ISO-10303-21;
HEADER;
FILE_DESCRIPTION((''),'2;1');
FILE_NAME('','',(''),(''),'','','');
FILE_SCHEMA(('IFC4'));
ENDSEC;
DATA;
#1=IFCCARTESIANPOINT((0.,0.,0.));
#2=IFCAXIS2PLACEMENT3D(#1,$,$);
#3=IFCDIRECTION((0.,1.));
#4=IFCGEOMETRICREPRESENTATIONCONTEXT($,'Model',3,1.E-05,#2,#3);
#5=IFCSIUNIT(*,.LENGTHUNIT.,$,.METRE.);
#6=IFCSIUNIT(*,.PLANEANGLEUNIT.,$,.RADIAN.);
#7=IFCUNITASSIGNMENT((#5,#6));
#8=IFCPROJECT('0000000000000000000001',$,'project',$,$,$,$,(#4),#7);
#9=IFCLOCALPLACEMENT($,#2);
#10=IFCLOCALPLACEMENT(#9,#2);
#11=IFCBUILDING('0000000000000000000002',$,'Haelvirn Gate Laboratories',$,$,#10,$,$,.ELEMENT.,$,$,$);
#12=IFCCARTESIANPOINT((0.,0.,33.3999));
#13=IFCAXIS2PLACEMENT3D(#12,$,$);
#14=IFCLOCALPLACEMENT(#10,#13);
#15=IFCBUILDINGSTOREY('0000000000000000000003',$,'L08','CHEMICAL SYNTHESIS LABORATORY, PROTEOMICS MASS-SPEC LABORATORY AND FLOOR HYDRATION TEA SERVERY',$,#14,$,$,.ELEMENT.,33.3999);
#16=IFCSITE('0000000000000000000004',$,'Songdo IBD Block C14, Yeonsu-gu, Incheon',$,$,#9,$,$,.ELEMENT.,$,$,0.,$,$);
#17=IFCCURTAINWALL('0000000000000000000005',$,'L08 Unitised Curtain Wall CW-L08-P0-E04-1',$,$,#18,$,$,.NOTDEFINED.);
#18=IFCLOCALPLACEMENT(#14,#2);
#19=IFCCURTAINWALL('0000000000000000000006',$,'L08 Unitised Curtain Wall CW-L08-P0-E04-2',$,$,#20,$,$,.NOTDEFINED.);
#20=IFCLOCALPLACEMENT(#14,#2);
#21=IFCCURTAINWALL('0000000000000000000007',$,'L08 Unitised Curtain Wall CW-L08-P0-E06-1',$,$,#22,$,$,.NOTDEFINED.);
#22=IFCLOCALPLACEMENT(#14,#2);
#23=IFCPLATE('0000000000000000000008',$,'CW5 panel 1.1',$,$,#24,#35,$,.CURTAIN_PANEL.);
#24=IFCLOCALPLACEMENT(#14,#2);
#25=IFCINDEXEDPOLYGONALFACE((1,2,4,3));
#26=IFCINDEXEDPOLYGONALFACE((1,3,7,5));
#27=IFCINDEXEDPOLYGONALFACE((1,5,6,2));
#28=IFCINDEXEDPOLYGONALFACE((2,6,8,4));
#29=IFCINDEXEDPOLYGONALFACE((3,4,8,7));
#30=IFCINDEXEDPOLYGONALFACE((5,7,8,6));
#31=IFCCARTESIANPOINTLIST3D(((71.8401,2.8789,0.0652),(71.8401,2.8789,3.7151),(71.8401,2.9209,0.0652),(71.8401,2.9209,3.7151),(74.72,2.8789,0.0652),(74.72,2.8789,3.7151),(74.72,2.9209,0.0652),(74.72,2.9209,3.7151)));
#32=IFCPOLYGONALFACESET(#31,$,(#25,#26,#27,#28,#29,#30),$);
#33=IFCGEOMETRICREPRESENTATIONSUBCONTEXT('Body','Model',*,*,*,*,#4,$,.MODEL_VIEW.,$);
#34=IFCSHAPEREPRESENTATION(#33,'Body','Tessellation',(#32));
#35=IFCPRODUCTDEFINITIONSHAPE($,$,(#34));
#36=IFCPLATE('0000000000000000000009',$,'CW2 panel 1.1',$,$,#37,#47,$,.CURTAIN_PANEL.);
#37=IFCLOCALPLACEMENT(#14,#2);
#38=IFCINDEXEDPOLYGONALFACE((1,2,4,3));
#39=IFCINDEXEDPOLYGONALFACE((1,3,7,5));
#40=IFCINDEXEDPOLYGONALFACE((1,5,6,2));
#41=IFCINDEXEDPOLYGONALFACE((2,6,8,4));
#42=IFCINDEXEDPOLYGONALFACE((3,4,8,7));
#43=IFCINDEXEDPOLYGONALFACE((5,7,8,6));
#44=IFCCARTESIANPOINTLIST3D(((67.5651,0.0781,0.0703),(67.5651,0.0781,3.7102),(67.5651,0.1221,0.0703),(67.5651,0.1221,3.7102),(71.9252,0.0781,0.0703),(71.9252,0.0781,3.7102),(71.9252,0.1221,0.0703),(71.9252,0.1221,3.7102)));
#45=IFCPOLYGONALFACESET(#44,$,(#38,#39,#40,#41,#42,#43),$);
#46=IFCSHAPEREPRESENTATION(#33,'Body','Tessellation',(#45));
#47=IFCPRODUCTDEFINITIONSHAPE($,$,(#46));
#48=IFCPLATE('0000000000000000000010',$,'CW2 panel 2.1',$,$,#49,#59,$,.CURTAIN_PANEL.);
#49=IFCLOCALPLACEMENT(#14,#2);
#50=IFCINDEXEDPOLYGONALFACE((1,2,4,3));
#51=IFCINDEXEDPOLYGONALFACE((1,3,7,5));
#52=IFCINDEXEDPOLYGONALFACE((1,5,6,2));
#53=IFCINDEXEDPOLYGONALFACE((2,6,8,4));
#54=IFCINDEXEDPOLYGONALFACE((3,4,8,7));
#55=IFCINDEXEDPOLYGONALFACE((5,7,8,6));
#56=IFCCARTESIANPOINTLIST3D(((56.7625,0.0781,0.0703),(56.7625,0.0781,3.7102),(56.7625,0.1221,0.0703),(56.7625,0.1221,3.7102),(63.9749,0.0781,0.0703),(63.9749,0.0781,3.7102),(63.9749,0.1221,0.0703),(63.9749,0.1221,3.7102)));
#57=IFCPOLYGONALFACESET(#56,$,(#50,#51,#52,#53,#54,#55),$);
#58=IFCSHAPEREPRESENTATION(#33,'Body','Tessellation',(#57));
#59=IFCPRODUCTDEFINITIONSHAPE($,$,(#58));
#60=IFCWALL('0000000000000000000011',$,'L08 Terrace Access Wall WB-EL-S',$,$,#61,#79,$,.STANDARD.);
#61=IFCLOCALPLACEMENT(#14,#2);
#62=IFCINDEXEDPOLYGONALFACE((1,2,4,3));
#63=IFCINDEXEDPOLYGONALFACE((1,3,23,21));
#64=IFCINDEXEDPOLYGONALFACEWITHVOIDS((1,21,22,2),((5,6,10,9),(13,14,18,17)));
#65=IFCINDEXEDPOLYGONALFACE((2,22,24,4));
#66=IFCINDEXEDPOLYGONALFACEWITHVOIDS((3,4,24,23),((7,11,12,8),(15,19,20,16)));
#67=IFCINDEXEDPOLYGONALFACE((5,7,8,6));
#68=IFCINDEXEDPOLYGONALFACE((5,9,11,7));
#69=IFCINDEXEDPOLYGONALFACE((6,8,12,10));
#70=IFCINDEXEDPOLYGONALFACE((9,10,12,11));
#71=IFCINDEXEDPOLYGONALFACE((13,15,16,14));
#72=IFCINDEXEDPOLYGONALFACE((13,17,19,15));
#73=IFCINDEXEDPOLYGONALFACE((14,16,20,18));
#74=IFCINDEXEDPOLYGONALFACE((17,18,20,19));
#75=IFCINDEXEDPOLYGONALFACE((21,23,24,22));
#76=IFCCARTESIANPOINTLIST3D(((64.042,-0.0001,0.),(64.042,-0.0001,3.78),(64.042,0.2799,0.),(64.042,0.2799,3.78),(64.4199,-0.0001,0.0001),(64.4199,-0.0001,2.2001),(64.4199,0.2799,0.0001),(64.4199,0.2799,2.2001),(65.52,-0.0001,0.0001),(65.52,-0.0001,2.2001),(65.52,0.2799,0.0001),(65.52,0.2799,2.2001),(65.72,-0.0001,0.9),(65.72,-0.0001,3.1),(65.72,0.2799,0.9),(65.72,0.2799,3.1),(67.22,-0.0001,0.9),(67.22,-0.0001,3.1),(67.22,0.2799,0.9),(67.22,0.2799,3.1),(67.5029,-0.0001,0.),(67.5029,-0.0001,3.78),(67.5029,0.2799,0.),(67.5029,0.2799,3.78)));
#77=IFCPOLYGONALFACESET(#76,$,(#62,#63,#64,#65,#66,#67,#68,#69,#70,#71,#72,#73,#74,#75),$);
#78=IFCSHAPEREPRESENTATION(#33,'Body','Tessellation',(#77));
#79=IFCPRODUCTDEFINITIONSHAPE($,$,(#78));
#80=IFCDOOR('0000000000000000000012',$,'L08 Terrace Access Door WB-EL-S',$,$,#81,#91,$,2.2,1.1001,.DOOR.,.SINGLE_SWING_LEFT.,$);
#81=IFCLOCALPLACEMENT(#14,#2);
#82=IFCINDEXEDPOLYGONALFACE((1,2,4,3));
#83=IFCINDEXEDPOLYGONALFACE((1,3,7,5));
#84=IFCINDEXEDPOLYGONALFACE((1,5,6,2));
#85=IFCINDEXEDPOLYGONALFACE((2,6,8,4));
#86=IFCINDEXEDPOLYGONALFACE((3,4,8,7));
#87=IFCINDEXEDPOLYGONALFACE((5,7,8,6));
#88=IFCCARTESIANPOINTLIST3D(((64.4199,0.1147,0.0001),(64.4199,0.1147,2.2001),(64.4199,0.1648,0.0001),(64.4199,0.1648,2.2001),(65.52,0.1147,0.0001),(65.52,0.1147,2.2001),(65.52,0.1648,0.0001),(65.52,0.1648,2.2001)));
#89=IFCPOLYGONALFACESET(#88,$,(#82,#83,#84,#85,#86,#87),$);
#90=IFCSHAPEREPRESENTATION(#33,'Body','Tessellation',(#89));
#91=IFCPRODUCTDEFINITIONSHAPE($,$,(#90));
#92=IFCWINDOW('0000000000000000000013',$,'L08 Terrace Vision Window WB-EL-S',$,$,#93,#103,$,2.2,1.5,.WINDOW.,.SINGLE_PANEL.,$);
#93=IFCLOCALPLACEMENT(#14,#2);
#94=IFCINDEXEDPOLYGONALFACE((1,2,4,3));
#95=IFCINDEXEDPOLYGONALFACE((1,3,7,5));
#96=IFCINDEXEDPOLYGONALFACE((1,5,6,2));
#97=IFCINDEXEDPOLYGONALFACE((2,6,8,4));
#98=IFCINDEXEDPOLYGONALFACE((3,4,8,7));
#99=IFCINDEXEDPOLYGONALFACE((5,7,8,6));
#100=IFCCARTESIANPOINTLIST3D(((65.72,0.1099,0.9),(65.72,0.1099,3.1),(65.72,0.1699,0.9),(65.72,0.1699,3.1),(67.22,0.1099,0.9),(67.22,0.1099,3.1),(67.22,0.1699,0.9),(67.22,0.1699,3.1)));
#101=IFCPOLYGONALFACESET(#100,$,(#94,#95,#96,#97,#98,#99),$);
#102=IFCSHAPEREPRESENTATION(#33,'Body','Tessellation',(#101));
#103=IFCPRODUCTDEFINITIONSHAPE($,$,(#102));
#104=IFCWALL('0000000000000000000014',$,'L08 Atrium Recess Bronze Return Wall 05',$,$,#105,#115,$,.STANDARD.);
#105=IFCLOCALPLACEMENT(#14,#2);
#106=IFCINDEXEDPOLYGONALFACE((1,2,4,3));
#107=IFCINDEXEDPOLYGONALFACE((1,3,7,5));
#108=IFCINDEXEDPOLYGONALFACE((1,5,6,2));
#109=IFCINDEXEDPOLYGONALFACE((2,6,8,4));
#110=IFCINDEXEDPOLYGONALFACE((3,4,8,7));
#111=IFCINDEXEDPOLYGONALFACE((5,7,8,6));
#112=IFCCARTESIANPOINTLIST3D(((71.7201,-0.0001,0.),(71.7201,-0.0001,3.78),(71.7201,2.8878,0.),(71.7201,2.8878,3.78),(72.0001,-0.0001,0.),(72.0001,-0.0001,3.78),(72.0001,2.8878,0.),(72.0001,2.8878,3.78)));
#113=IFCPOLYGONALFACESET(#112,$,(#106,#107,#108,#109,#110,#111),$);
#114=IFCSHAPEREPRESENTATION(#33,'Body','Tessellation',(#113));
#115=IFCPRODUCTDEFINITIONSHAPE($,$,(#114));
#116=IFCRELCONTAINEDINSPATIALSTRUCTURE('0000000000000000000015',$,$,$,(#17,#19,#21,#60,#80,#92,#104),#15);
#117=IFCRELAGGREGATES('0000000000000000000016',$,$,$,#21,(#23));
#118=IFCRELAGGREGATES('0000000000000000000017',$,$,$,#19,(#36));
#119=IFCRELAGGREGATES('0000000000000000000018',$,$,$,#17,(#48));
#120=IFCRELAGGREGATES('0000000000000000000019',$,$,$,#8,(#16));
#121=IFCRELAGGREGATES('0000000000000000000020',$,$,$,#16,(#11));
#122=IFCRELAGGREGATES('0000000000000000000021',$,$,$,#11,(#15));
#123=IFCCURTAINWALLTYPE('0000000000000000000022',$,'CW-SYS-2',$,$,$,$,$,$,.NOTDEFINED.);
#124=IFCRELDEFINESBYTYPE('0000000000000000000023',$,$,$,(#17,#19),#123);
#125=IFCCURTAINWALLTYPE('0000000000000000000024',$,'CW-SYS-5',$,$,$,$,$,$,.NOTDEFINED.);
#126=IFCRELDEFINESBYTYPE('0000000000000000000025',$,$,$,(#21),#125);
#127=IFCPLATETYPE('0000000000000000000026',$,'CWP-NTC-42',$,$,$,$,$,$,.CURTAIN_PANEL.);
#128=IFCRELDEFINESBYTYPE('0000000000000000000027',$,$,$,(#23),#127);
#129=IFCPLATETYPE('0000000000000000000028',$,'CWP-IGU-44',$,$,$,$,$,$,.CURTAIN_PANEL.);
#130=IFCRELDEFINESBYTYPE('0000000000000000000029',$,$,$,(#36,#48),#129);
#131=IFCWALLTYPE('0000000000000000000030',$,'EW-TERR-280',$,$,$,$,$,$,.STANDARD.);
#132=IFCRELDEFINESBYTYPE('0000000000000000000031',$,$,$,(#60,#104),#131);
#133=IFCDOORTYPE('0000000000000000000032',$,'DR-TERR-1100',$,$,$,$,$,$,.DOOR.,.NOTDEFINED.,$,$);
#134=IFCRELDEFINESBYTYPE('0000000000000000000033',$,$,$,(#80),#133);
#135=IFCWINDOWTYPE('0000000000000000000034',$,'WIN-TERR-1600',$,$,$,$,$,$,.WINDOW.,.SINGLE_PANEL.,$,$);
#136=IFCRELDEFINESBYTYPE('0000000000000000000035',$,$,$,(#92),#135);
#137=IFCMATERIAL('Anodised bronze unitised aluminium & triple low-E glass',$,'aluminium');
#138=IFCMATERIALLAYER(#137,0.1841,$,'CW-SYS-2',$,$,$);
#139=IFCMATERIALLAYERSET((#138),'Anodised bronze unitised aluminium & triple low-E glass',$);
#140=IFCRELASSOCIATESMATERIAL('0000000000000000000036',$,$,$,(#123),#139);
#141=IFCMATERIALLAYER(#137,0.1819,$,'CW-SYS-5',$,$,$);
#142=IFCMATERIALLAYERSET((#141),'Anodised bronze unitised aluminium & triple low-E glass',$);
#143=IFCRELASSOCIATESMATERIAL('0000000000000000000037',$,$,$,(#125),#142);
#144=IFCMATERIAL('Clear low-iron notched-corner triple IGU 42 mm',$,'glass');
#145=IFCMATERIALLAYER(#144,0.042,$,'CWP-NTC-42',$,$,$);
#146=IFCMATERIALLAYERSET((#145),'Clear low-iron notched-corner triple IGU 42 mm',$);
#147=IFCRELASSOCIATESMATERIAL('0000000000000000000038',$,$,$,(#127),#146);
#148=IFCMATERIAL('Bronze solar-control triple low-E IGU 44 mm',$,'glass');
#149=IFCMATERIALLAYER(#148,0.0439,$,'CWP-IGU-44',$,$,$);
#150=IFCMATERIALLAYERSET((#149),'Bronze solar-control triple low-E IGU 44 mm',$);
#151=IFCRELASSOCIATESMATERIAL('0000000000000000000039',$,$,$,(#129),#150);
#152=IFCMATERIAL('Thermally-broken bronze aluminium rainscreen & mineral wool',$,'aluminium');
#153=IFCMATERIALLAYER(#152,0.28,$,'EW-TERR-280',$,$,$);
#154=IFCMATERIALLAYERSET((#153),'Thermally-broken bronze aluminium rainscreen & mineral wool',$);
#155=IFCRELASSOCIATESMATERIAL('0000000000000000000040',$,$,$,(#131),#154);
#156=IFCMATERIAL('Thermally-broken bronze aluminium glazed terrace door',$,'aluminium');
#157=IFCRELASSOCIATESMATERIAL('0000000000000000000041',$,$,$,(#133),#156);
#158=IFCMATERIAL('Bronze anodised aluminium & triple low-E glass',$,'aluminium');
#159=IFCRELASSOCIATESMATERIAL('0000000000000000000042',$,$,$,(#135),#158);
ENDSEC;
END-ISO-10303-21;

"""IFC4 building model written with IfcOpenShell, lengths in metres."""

from ifc_helpers import new_model, si_unit, direction, frame, frame_2d, origin, origin_2d, place, context, subcontext, project, spatial, rectangle, extrude, source, transform, mapped, material, layer, layer_set, type_object, type_shapes, element, fill, aggregate, save


model = new_model("IFC4")

# Units and contexts
model_context = context("Model", 3, precision=1e-05, world=origin(), true_north=direction((0.0, 1.0)))
body_context = subcontext(model_context, "Body", "Model", "MODEL_VIEW")
ifc_project = project(units=[si_unit("LENGTHUNIT", "METRE"), si_unit("PLANEANGLEUNIT", "RADIAN")], contexts=[model_context])

# Site, building, storey
site_placement = place(None, origin())
site = spatial("IfcSite", under=ifc_project, at=site_placement, Name="Songdo IBD Block C14, Yeonsu-gu, Incheon", CompositionType="ELEMENT", RefElevation=0.0)
building_placement = place(site_placement, origin())
building = spatial("IfcBuilding", under=site, at=building_placement, Name="Haelvirn Gate Laboratories", CompositionType="ELEMENT")
storey_placement = place(building_placement, frame((0.0, 0.0, 33.3999)))
storey = spatial("IfcBuildingStorey", under=building, at=storey_placement, Name="L08", Description="CHEMICAL SYNTHESIS LABORATORY, PROTEOMICS MASS-SPEC LABORATORY AND FLOOR HYDRATION TEA SERVERY", CompositionType="ELEMENT", Elevation=33.3999)

# Curtain wall
ifc_material_1 = material(Name="Anodised bronze unitised aluminium & triple low-E glass", Category="aluminium")
ifc_layer_1 = layer(ifc_material_1, 0.1841, Name="CW-SYS-2")
ifc_layer_set_1 = layer_set([ifc_layer_1], Name="Anodised bronze unitised aluminium & triple low-E glass")
curtain_wall_type_1 = type_object("IfcCurtainWallType", Name="CW-SYS-2", PredefinedType="NOTDEFINED", material=ifc_layer_set_1)
curtain_wall_1_placement = place(storey_placement, origin())
curtain_wall_1 = element("IfcCurtainWall", 1, at=curtain_wall_1_placement, inside=storey, type_object=curtain_wall_type_1, Name="L08 Unitised Curtain Wall CW-L08-P0-E04-1", PredefinedType="NOTDEFINED")

# Curtain wall
curtain_wall_2_placement = place(storey_placement, origin())
curtain_wall_2 = element("IfcCurtainWall", 2, at=curtain_wall_2_placement, inside=storey, type_object=curtain_wall_type_1, Name="L08 Unitised Curtain Wall CW-L08-P0-E04-2", PredefinedType="NOTDEFINED")

# Curtain wall
ifc_layer_2 = layer(ifc_material_1, 0.1819, Name="CW-SYS-5")
ifc_layer_set_2 = layer_set([ifc_layer_2], Name="Anodised bronze unitised aluminium & triple low-E glass")
curtain_wall_type_2 = type_object("IfcCurtainWallType", Name="CW-SYS-5", PredefinedType="NOTDEFINED", material=ifc_layer_set_2)
curtain_wall_3_placement = place(storey_placement, origin())
curtain_wall_3 = element("IfcCurtainWall", 3, at=curtain_wall_3_placement, inside=storey, type_object=curtain_wall_type_2, Name="L08 Unitised Curtain Wall CW-L08-P0-E06-1", PredefinedType="NOTDEFINED")

# Plates
ifc_material_2 = material(Name="Clear low-iron notched-corner triple IGU 42 mm", Category="glass")
ifc_layer_3 = layer(ifc_material_2, 0.042, Name="CWP-NTC-42")
ifc_layer_set_3 = layer_set([ifc_layer_3], Name="Clear low-iron notched-corner triple IGU 42 mm")
plate_type_1 = type_object("IfcPlateType", Name="CWP-NTC-42", PredefinedType="CURTAIN_PANEL", material=ifc_layer_set_3)
shared_shape_1 = source(origin(), body_context, "Body", "SweptSolid", [
    extrude(rectangle(XDim=2.8799, YDim=0.042, at=origin_2d()), origin(), (0.0, 0.0, 1.0), 3.6499),
])
type_shapes(plate_type_1, [shared_shape_1])
plate_1_placement = place(storey_placement, frame((73.28, 2.8999, 0.0652), z_axis=(0.0, 0.0, 1.0), x_axis=(1.0, 0.0, 0.0)))
plate_1 = element("IfcPlate", 4, at=plate_1_placement, type_object=plate_type_1, Name="CW5 panel 1.1", PredefinedType="CURTAIN_PANEL", context=body_context, shape_type="MappedRepresentation", body=[
    mapped(shared_shape_1, transform((0.0, 0.0, 0.0), scale=1.0)),
])
aggregate(curtain_wall_3, [plate_1])
ifc_material_3 = material(Name="Bronze solar-control triple low-E IGU 44 mm", Category="glass")
ifc_layer_4 = layer(ifc_material_3, 0.0439, Name="CWP-IGU-44")
ifc_layer_set_4 = layer_set([ifc_layer_4], Name="Bronze solar-control triple low-E IGU 44 mm")
plate_type_2 = type_object("IfcPlateType", Name="CWP-IGU-44", PredefinedType="CURTAIN_PANEL", material=ifc_layer_set_4)
shared_shape_2 = source(origin(), body_context, "Body", "SweptSolid", [
    extrude(rectangle(XDim=4.3601, YDim=0.0439, at=origin_2d()), origin(), (0.0, 0.0, 1.0), 3.6399),
])
plate_2_placement = place(storey_placement, frame((69.7451, 0.1001, 0.0703), z_axis=(0.0, 0.0, 1.0), x_axis=(1.0, 0.0, 0.0)))
plate_2 = element("IfcPlate", 5, at=plate_2_placement, type_object=plate_type_2, Name="CW2 panel 1.1", PredefinedType="CURTAIN_PANEL", context=body_context, shape_type="MappedRepresentation", body=[
    mapped(shared_shape_2, transform((0.0, 0.0, 0.0), scale=1.0)),
])
aggregate(curtain_wall_2, [plate_2])
shared_shape_3 = source(origin(), body_context, "Body", "SweptSolid", [
    extrude(rectangle(XDim=7.2124, YDim=0.0439, at=origin_2d()), origin(), (0.0, 0.0, 1.0), 3.6399),
])
type_shapes(plate_type_2, [shared_shape_2, shared_shape_3])
plate_3_placement = place(storey_placement, frame((60.3687, 0.1001, 0.0703), z_axis=(0.0, 0.0, 1.0), x_axis=(1.0, 0.0, 0.0)))
plate_3 = element("IfcPlate", 6, at=plate_3_placement, type_object=plate_type_2, Name="CW2 panel 2.1", PredefinedType="CURTAIN_PANEL", context=body_context, shape_type="MappedRepresentation", body=[
    mapped(shared_shape_3, transform((0.0, 0.0, 0.0), scale=1.0)),
])
aggregate(curtain_wall_1, [plate_3])

# Wall, openings, door, window
ifc_material_4 = material(Name="Thermally-broken bronze aluminium rainscreen & mineral wool", Category="aluminium")
ifc_layer_5 = layer(ifc_material_4, 0.28, Name="EW-TERR-280")
ifc_layer_set_5 = layer_set([ifc_layer_5], Name="Thermally-broken bronze aluminium rainscreen & mineral wool")
wall_type = type_object("IfcWallType", Name="EW-TERR-280", PredefinedType="STANDARD", material=ifc_layer_set_5)
wall_1_placement = place(storey_placement, frame((64.042, 0.1399, 0.0), z_axis=(0.0, 0.0, 1.0), x_axis=(1.0, 0.0, 0.0)))
wall_1 = element("IfcWall", 7, at=wall_1_placement, inside=storey, type_object=wall_type, Name="L08 Terrace Access Wall WB-EL-S", PredefinedType="STANDARD", context=body_context, shape_type="SweptSolid", body=[
    extrude(rectangle(XDim=3.4609, YDim=0.28, at=frame_2d((1.7305, 0.0))), origin(), (0.0, 0.0, 1.0), 3.78),
])
opening_1_placement = place(wall_1_placement, frame((0.3779, 0.0, 0.0)))
opening_1 = element("IfcOpeningElement", 8, at=opening_1_placement, cuts=wall_1, PredefinedType="OPENING", context=body_context, shape_type="SweptSolid", body=[
    extrude(rectangle(XDim=1.1001, YDim=2.2, at=frame_2d((0.55, 1.1001))), frame((0.0, 0.1499, 0.0), z_axis=(0.0, -1.0, 0.0), x_axis=(1.0, 0.0, 0.0)), (0.0, 0.0, 1.0), 0.3),
])
opening_2_placement = place(wall_1_placement, frame((1.678, 0.0, 0.8999)))
opening_2 = element("IfcOpeningElement", 9, at=opening_2_placement, cuts=wall_1, PredefinedType="OPENING", context=body_context, shape_type="SweptSolid", body=[
    extrude(rectangle(XDim=1.5, YDim=2.2, at=frame_2d((0.75, 1.1001))), frame((0.0, 0.1499, 0.0), z_axis=(0.0, -1.0, 0.0), x_axis=(1.0, 0.0, 0.0)), (0.0, 0.0, 1.0), 0.3),
])
ifc_material_5 = material(Name="Thermally-broken bronze aluminium glazed terrace door", Category="aluminium")
door_type = type_object("IfcDoorType", Name="DR-TERR-1100", OperationType="NOTDEFINED", PredefinedType="DOOR", material=ifc_material_5)
shared_shape_4 = source(origin(), body_context, "Body", "SweptSolid", [
    extrude(rectangle(XDim=1.1001, YDim=2.2, at=frame_2d((0.55, 1.1001))), frame((0.0, 0.0249, 0.0), z_axis=(0.0, -1.0, 0.0), x_axis=(1.0, 0.0, 0.0)), (0.0, 0.0, 1.0), 0.05),
])
type_shapes(door_type, [shared_shape_4])
door_placement = place(opening_1_placement, origin())
door = element("IfcDoor", 10, at=door_placement, inside=storey, type_object=door_type, Name="L08 Terrace Access Door WB-EL-S", OperationType="SINGLE_SWING_LEFT", OverallHeight=2.2, OverallWidth=1.1001, PredefinedType="DOOR", context=body_context, shape_type="MappedRepresentation", body=[
    mapped(shared_shape_4, transform((0.0, 0.0, 0.0), scale=1.0)),
])
fill(opening_1, door)
ifc_material_6 = material(Name="Bronze anodised aluminium & triple low-E glass", Category="aluminium")
window_type = type_object("IfcWindowType", Name="WIN-TERR-1600", PartitioningType="SINGLE_PANEL", PredefinedType="WINDOW", material=ifc_material_6)
shared_shape_5 = source(origin(), body_context, "Body", "SweptSolid", [
    extrude(rectangle(XDim=1.5, YDim=2.2, at=frame_2d((0.75, 1.1001))), frame((0.0, 0.03, 0.0), z_axis=(0.0, -1.0, 0.0), x_axis=(1.0, 0.0, 0.0)), (0.0, 0.0, 1.0), 0.0601),
])
type_shapes(window_type, [shared_shape_5])
window_placement = place(opening_2_placement, origin())
window = element("IfcWindow", 11, at=window_placement, inside=storey, type_object=window_type, Name="L08 Terrace Vision Window WB-EL-S", OverallHeight=2.2, OverallWidth=1.5, PartitioningType="SINGLE_PANEL", PredefinedType="WINDOW", context=body_context, shape_type="MappedRepresentation", body=[
    mapped(shared_shape_5, transform((0.0, 0.0, 0.0), scale=1.0)),
])
fill(opening_2, window)

# Wall
wall_2_placement = place(storey_placement, frame((71.8601, 0.0, 0.0), z_axis=(0.0, 0.0, 1.0), x_axis=(0.0, 1.0, 0.0)))
element("IfcWall", 12, at=wall_2_placement, inside=storey, type_object=wall_type, Name="L08 Atrium Recess Bronze Return Wall 05", PredefinedType="STANDARD", context=body_context, shape_type="SweptSolid", body=[
    extrude(rectangle(XDim=2.8879, YDim=0.28, at=frame_2d((1.4438, 0.0))), origin(), (0.0, 0.0, 1.0), 3.78),
])

save(model, "model.ifc")
